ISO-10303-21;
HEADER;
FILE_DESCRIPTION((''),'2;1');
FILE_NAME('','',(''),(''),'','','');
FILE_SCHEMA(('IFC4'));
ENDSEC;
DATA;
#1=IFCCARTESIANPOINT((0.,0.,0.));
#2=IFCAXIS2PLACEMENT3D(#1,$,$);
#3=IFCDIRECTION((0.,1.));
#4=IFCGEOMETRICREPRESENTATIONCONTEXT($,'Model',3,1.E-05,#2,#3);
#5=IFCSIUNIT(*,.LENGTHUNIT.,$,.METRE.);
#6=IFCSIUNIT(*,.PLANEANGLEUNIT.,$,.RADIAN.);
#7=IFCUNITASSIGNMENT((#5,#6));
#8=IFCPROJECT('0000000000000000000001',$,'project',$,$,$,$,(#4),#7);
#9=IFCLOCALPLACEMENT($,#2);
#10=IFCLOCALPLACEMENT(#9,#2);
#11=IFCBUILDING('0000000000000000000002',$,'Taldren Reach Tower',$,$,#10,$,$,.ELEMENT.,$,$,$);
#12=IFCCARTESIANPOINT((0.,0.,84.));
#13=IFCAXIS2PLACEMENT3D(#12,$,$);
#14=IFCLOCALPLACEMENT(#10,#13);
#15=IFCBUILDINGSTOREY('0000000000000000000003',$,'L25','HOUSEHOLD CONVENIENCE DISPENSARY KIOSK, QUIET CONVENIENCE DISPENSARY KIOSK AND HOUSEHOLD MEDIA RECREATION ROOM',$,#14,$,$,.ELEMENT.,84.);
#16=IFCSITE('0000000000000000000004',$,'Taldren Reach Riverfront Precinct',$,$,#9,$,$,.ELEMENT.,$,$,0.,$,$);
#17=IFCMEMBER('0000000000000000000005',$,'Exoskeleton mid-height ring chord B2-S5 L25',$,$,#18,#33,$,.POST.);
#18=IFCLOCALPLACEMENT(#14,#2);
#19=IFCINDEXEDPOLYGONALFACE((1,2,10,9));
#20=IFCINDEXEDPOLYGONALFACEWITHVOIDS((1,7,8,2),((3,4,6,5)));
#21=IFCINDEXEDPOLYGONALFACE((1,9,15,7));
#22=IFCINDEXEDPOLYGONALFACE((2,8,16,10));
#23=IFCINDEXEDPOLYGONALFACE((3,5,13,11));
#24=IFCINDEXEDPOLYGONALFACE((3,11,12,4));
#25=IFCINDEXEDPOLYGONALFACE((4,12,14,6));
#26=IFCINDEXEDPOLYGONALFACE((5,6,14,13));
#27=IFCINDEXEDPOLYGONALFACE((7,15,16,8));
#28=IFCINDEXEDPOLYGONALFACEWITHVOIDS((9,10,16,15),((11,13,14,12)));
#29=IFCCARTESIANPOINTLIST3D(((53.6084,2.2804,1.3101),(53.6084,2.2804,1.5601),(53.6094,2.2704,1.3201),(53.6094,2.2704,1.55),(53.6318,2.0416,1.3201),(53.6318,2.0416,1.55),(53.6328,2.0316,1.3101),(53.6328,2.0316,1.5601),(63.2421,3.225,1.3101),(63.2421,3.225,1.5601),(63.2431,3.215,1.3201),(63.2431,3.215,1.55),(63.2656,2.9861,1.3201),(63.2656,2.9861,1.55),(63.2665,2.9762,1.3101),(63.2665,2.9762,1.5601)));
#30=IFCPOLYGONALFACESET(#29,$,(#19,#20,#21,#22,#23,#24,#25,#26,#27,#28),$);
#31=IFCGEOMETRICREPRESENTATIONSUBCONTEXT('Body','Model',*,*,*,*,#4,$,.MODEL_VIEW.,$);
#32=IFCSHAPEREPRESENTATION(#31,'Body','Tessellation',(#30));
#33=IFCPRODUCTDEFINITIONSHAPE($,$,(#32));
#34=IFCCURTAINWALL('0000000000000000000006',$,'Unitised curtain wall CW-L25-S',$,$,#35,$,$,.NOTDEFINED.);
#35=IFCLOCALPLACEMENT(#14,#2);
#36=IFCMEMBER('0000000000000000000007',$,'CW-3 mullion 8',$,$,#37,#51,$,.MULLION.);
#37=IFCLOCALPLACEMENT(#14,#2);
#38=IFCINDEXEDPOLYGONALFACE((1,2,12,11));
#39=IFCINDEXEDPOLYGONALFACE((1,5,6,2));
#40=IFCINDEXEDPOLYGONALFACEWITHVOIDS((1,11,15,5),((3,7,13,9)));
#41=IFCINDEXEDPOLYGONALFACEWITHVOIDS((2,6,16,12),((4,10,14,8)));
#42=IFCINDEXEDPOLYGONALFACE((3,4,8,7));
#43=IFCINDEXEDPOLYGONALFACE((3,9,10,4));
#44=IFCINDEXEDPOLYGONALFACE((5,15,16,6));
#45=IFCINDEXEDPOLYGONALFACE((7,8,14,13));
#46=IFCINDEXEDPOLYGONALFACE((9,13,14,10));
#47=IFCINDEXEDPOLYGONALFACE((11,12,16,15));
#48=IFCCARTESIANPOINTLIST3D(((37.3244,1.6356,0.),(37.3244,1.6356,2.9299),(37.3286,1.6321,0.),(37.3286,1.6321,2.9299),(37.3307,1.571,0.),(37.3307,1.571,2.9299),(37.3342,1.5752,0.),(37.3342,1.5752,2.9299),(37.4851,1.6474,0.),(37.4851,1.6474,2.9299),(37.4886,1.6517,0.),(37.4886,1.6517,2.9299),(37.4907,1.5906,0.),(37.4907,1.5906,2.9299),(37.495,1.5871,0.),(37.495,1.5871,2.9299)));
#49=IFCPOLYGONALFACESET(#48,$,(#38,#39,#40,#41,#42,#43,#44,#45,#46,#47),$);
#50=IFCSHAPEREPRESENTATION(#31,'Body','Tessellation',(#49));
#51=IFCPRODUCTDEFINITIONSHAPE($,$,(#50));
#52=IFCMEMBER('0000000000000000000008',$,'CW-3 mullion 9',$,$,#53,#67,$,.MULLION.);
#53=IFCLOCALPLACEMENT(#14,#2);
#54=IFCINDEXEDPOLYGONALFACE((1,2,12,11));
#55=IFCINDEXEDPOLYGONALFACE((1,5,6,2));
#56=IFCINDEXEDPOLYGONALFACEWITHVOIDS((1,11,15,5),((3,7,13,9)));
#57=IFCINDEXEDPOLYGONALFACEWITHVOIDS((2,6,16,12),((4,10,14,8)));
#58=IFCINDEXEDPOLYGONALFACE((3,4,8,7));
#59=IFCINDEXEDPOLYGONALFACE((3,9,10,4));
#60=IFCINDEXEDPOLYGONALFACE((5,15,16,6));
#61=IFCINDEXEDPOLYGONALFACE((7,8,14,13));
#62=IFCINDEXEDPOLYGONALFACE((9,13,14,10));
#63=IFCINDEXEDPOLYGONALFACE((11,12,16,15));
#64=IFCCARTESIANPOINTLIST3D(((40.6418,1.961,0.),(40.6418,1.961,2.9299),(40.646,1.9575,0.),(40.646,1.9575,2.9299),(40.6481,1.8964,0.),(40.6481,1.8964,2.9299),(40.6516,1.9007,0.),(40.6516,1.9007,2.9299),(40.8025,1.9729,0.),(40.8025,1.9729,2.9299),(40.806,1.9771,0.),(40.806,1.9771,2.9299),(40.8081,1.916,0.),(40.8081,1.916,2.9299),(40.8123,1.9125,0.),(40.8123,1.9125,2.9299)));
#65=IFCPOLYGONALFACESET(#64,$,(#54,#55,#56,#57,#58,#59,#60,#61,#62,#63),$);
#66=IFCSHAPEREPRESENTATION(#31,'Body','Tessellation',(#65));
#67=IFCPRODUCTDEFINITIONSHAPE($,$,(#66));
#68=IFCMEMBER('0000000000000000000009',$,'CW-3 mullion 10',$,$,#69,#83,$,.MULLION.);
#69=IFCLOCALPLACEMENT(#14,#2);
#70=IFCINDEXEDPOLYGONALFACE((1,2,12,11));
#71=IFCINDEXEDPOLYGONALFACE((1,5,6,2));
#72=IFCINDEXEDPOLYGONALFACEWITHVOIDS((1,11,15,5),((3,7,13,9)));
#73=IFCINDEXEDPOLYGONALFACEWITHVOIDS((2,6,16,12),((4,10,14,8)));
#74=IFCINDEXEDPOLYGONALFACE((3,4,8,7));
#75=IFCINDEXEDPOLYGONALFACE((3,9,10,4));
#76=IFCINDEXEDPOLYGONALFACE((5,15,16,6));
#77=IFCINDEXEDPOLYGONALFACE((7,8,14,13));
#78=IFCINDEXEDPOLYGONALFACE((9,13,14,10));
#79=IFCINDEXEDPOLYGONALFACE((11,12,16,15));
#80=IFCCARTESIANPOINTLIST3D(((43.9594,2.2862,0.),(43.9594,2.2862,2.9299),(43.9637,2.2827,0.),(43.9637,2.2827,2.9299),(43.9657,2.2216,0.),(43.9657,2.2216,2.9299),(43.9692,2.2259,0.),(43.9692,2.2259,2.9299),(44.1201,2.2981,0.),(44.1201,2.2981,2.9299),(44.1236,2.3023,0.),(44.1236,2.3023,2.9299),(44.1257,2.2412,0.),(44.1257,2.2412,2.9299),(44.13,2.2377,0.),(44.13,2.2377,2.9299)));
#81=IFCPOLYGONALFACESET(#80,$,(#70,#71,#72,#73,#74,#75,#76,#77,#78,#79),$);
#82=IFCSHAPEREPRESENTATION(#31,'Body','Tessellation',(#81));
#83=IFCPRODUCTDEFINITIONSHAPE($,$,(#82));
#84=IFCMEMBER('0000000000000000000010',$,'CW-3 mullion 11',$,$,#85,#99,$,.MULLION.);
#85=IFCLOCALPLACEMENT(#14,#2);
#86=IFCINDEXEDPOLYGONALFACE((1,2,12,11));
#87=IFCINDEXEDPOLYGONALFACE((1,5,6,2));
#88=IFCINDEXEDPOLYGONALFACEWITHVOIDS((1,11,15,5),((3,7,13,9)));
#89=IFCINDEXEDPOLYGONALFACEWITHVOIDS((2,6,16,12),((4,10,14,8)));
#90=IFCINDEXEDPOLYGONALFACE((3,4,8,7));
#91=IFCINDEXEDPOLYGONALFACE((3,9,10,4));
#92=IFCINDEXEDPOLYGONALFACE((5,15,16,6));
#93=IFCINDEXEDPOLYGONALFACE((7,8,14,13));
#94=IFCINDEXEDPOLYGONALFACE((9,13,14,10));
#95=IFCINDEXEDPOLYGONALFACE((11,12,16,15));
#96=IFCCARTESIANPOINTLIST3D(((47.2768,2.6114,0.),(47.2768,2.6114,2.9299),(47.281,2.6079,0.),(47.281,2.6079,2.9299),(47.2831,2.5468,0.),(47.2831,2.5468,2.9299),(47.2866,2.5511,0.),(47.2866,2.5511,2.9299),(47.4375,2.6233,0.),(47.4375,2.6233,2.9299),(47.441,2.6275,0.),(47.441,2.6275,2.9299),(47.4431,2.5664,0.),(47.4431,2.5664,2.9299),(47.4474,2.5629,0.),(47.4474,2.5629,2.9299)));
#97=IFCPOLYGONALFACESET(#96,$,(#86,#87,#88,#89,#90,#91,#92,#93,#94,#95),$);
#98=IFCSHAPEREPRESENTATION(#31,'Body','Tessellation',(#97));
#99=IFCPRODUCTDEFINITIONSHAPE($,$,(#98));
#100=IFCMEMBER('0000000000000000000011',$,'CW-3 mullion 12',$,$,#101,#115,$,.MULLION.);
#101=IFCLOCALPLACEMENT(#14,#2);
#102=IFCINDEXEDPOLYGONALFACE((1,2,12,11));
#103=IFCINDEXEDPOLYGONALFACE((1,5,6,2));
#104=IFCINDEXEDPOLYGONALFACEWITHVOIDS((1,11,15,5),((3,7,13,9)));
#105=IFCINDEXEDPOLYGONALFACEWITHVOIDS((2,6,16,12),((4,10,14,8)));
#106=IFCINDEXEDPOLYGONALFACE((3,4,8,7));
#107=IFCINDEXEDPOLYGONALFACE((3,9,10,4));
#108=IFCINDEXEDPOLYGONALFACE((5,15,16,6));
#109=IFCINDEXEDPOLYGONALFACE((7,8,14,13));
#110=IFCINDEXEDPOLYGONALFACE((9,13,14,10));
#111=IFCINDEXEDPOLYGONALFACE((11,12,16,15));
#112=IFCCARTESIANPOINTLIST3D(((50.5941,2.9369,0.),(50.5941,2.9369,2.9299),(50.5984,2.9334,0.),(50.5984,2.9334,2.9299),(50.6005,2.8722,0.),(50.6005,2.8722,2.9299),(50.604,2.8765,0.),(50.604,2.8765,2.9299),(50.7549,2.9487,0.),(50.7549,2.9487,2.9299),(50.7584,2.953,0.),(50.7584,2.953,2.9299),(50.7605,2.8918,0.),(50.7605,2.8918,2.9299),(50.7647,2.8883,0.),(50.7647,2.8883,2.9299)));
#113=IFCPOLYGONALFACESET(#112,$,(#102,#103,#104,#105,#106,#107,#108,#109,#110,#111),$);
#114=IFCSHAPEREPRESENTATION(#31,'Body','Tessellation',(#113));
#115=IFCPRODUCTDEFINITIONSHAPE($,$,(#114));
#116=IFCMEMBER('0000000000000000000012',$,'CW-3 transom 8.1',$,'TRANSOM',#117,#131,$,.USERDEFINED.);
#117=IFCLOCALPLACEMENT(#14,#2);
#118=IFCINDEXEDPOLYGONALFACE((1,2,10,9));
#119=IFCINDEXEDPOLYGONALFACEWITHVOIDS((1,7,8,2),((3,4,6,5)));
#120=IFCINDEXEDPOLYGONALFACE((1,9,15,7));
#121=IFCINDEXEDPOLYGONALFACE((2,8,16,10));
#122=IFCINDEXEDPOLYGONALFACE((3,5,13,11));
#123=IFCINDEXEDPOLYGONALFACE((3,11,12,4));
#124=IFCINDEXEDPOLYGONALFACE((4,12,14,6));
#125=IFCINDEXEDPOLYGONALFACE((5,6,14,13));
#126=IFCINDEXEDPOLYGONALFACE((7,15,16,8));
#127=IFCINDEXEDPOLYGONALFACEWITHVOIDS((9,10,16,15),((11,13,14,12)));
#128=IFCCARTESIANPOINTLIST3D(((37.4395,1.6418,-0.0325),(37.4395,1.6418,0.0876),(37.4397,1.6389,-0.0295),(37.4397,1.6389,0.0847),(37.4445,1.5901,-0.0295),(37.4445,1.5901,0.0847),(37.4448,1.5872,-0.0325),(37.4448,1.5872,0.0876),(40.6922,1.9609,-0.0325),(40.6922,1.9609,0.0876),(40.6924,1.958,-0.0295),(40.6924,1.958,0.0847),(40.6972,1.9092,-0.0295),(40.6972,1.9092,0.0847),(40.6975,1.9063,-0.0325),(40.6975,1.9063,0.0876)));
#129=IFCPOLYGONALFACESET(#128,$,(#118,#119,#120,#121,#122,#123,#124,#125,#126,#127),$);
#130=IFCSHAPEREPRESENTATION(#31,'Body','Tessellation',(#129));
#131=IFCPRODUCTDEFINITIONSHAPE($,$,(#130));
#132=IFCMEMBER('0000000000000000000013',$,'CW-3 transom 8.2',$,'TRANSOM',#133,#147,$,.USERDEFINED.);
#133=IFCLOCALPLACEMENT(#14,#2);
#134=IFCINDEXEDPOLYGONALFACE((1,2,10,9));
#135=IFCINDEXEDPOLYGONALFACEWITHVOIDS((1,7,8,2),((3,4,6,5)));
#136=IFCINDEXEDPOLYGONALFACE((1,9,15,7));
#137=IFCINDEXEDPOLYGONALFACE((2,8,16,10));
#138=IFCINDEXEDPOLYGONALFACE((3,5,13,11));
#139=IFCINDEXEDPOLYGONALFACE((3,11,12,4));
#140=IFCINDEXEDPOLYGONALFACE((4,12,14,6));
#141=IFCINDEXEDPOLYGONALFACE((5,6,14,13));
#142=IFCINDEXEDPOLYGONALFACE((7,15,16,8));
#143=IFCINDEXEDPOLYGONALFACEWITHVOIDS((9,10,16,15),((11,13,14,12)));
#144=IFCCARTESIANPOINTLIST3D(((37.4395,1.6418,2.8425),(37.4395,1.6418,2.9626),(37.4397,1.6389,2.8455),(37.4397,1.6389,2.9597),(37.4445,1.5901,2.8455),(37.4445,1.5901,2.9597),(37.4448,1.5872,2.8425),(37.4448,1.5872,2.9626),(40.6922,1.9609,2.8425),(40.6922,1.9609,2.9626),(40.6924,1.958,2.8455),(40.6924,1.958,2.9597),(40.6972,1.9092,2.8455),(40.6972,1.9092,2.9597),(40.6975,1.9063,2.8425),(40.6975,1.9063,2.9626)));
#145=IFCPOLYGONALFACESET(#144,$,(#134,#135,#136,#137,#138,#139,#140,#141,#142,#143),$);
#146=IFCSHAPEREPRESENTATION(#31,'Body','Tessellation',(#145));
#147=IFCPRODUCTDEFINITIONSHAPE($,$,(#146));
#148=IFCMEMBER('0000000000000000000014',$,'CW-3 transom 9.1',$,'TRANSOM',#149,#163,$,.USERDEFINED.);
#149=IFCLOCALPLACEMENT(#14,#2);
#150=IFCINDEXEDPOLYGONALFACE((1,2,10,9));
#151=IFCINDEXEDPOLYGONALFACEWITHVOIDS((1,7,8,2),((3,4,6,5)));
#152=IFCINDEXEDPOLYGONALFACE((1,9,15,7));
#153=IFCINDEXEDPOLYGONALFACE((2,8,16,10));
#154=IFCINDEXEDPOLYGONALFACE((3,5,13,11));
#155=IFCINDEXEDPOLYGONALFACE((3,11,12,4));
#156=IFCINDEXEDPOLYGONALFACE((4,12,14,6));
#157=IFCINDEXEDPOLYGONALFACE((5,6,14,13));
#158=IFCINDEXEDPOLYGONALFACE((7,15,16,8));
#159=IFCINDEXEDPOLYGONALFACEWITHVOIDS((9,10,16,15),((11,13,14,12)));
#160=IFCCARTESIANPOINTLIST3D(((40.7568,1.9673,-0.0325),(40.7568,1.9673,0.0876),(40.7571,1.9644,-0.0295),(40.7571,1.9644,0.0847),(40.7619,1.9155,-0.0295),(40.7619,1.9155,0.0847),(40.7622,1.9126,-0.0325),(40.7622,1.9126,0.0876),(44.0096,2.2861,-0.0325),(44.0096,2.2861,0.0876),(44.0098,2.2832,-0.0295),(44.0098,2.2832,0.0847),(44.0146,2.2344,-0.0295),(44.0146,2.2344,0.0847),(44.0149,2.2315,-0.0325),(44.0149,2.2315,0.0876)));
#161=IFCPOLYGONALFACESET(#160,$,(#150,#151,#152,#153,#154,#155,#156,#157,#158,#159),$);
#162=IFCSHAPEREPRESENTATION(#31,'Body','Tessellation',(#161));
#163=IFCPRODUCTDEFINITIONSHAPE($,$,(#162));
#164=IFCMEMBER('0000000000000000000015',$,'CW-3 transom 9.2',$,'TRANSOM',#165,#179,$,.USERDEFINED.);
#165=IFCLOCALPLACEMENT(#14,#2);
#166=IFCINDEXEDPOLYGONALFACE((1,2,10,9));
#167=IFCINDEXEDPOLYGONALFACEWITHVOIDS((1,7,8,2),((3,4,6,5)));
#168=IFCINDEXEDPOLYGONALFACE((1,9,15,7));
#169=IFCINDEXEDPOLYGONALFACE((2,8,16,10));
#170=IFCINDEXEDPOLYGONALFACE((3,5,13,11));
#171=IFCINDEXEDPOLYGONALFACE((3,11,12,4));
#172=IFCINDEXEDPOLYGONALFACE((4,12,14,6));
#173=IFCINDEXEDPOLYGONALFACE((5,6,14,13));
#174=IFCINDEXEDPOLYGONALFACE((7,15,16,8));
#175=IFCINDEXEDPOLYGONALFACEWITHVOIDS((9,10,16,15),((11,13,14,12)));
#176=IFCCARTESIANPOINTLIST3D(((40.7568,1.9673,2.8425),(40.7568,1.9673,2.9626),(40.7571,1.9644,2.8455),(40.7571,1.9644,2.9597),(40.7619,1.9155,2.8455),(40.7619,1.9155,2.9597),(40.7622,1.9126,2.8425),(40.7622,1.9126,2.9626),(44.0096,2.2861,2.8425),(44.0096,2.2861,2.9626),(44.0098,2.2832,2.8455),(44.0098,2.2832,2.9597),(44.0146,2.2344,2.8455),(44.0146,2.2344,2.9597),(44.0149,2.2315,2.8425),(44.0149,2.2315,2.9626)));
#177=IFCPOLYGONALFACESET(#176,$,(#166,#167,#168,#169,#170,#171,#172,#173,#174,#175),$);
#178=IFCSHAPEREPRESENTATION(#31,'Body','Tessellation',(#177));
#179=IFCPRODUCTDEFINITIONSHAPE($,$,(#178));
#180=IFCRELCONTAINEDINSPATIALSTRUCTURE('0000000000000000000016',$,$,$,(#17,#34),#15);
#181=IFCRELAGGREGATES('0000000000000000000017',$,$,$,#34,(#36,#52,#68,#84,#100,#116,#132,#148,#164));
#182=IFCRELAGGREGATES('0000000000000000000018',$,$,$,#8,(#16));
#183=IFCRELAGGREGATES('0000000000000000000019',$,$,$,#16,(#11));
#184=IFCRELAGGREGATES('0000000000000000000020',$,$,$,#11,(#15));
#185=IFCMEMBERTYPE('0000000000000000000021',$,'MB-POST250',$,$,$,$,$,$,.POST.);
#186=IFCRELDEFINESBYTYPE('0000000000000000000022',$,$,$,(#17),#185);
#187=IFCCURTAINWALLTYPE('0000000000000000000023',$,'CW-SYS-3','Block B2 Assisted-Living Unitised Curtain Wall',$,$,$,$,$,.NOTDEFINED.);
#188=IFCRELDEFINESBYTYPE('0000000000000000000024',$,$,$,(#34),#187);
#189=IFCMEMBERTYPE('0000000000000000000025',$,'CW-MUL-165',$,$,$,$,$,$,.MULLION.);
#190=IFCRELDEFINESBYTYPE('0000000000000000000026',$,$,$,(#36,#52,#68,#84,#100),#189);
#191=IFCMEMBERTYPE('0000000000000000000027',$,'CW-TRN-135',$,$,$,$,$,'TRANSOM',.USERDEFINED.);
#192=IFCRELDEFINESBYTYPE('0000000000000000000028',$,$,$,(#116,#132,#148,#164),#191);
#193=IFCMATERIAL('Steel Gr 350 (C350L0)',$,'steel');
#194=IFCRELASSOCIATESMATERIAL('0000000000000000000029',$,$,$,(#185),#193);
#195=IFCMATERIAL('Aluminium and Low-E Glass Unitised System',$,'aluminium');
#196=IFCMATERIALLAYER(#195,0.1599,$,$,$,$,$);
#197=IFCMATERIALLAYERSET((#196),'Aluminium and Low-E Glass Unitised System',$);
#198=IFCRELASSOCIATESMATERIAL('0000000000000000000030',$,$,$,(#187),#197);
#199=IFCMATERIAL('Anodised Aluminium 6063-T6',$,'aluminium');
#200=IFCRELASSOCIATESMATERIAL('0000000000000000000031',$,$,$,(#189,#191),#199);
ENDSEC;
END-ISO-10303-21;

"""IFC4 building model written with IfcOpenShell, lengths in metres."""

from ifc_helpers import new_model, si_unit, direction, frame, origin, origin_2d, place, context, subcontext, project, spatial, hollow_rectangle, extrude, source, transform, mapped, material, layer, layer_set, material_profile, profile_set, type_object, element, aggregate, save


model = new_model("IFC4")

# Units and contexts
model_context = context("Model", 3, precision=1e-05, world=origin(), true_north=direction((0.0, 1.0)))
body_context = subcontext(model_context, "Body", "Model", "MODEL_VIEW")
ifc_project = project(units=[si_unit("LENGTHUNIT", "METRE"), si_unit("PLANEANGLEUNIT", "RADIAN")], contexts=[model_context])

# Site, building, storey
site_placement = place(None, origin())
site = spatial("IfcSite", under=ifc_project, at=site_placement, Name="Taldren Reach Riverfront Precinct", CompositionType="ELEMENT", RefElevation=0.0)
building_placement = place(site_placement, origin())
building = spatial("IfcBuilding", under=site, at=building_placement, Name="Taldren Reach Tower", CompositionType="ELEMENT")
storey_placement = place(building_placement, frame((0.0, 0.0, 84.0)))
storey = spatial("IfcBuildingStorey", under=building, at=storey_placement, Name="L25", Description="HOUSEHOLD CONVENIENCE DISPENSARY KIOSK, QUIET CONVENIENCE DISPENSARY KIOSK AND HOUSEHOLD MEDIA RECREATION ROOM", CompositionType="ELEMENT", Elevation=84.0)

# Shared definitions
ifc_material_1 = material(Name="Steel Gr 350 (C350L0)", Category="steel")
ifc_material_profile_1 = material_profile(ifc_material_1, hollow_rectangle(XDim=0.25, YDim=0.25, WallThickness=0.01, at=origin_2d()), Name="250x250x10.0SHS")
ifc_profile_set_1 = profile_set([ifc_material_profile_1], Name="Steel Gr 350 (C350L0)")
member_type_1 = type_object("IfcMemberType", Name="MB-POST250", PredefinedType="POST", material=ifc_profile_set_1)

# Member
shared_shape_1 = source(origin(), body_context, "Body", "SweptSolid", [
    extrude(hollow_rectangle(XDim=0.25, YDim=0.25, WallThickness=0.01, at=origin_2d()), origin(), (0.0, 0.0, 1.0), 9.6799),
])
for number, where, z_axis, x_axis, name in (
    (1, (53.6206, 2.156, 1.4351), (0.995228, 0.097581, 0.0), (-0.097581, 0.995228, 0.0), "Exoskeleton mid-height ring chord B2-S5 L25"),
):
    element("IfcMember", number, at=place(storey_placement, frame(where, z_axis=z_axis, x_axis=x_axis)), inside=storey, type_object=member_type_1, Name=name, PredefinedType="POST", context=body_context, shape_type="MappedRepresentation", body=[
        mapped(shared_shape_1, transform((0.0, 0.0, 0.0), scale=1.0)),
    ])

# Curtain wall, members
ifc_material_2 = material(Name="Aluminium and Low-E Glass Unitised System", Category="aluminium")
ifc_layer_1 = layer(ifc_material_2, 0.1599)
ifc_layer_set_1 = layer_set([ifc_layer_1], Name="Aluminium and Low-E Glass Unitised System")
curtain_wall_type = type_object("IfcCurtainWallType", Name="CW-SYS-3", Description="Block B2 Assisted-Living Unitised Curtain Wall", PredefinedType="NOTDEFINED", material=ifc_layer_set_1)
curtain_wall_placement = place(storey_placement, origin())
curtain_wall = element("IfcCurtainWall", 2, at=curtain_wall_placement, inside=storey, type_object=curtain_wall_type, Name="Unitised curtain wall CW-L25-S", PredefinedType="NOTDEFINED")
ifc_material_3 = material(Name="Anodised Aluminium 6063-T6", Category="aluminium")
ifc_material_profile_2 = material_profile(ifc_material_3, hollow_rectangle(XDim=0.0649, YDim=0.165, WallThickness=0.0039, at=origin_2d()), Name="ALU-165x65x4RHS")
ifc_profile_set_2 = profile_set([ifc_material_profile_2], Name="Anodised Aluminium 6063-T6")
member_type_2 = type_object("IfcMemberType", Name="CW-MUL-165", PredefinedType="MULLION", material=ifc_profile_set_2)
shared_shape_2 = source(origin(), body_context, "Body", "SweptSolid", [
    extrude(hollow_rectangle(XDim=0.0649, YDim=0.165, WallThickness=0.0039, at=origin_2d()), origin(), (0.0, 0.0, 1.0), 2.9299),
])
member_1_placement = place(storey_placement, frame((37.4097, 1.6113, 0.0), z_axis=(0.0, 0.0, 1.0), x_axis=(-0.097583, 0.995227, 0.0)))
member_1 = element("IfcMember", 3, at=member_1_placement, type_object=member_type_2, Name="CW-3 mullion 8", PredefinedType="MULLION", context=body_context, shape_type="MappedRepresentation", body=[
    mapped(shared_shape_2, transform((0.0, 0.0, 0.0), scale=1.0)),
])
member_2_placement = place(storey_placement, frame((40.7271, 1.9368, 0.0), z_axis=(0.0, 0.0, 1.0), x_axis=(-0.097583, 0.995227, 0.0)))
member_2 = element("IfcMember", 4, at=member_2_placement, type_object=member_type_2, Name="CW-3 mullion 9", PredefinedType="MULLION", context=body_context, shape_type="MappedRepresentation", body=[
    mapped(shared_shape_2, transform((0.0, 0.0, 0.0), scale=1.0)),
])
member_3_placement = place(storey_placement, frame((44.0447, 2.262, 0.0), z_axis=(0.0, 0.0, 1.0), x_axis=(-0.097583, 0.995227, 0.0)))
member_3 = element("IfcMember", 5, at=member_3_placement, type_object=member_type_2, Name="CW-3 mullion 10", PredefinedType="MULLION", context=body_context, shape_type="MappedRepresentation", body=[
    mapped(shared_shape_2, transform((0.0, 0.0, 0.0), scale=1.0)),
])
member_4_placement = place(storey_placement, frame((47.3621, 2.5872, 0.0), z_axis=(0.0, 0.0, 1.0), x_axis=(-0.097583, 0.995227, 0.0)))
member_4 = element("IfcMember", 6, at=member_4_placement, type_object=member_type_2, Name="CW-3 mullion 11", PredefinedType="MULLION", context=body_context, shape_type="MappedRepresentation", body=[
    mapped(shared_shape_2, transform((0.0, 0.0, 0.0), scale=1.0)),
])
member_5_placement = place(storey_placement, frame((50.6794, 2.9126, 0.0), z_axis=(0.0, 0.0, 1.0), x_axis=(-0.097583, 0.995227, 0.0)))
member_5 = element("IfcMember", 7, at=member_5_placement, type_object=member_type_2, Name="CW-3 mullion 12", PredefinedType="MULLION", context=body_context, shape_type="MappedRepresentation", body=[
    mapped(shared_shape_2, transform((0.0, 0.0, 0.0), scale=1.0)),
])
ifc_material_profile_3 = material_profile(ifc_material_3, hollow_rectangle(XDim=0.0549, YDim=0.1201, WallThickness=0.0029, at=origin_2d()), Name="ALU-120x55x3RHS")
ifc_profile_set_3 = profile_set([ifc_material_profile_3], Name="Anodised Aluminium 6063-T6")
member_type_3 = type_object("IfcMemberType", Name="CW-TRN-135", ElementType="TRANSOM", PredefinedType="USERDEFINED", material=ifc_profile_set_3)
shared_shape_3 = source(origin(), body_context, "Body", "SweptSolid", [
    extrude(hollow_rectangle(XDim=0.0549, YDim=0.1201, WallThickness=0.0029, at=origin_2d()), origin(), (0.0, 0.0, 1.0), 3.2683),
])
member_6_placement = place(storey_placement, frame((37.4421, 1.6145, 0.0276), z_axis=(0.995223, 0.097632, 0.0), x_axis=(-0.097632, 0.995223, 0.0)))
member_6 = element("IfcMember", 8, at=member_6_placement, type_object=member_type_3, Name="CW-3 transom 8.1", ObjectType="TRANSOM", PredefinedType="USERDEFINED", context=body_context, shape_type="MappedRepresentation", body=[
    mapped(shared_shape_3, transform((0.0, 0.0, 0.0), scale=1.0)),
])
member_7_placement = place(storey_placement, frame((37.4421, 1.6145, 2.9026), z_axis=(0.995223, 0.097632, 0.0), x_axis=(-0.097632, 0.995223, 0.0)))
member_7 = element("IfcMember", 9, at=member_7_placement, type_object=member_type_3, Name="CW-3 transom 8.2", ObjectType="TRANSOM", PredefinedType="USERDEFINED", context=body_context, shape_type="MappedRepresentation", body=[
    mapped(shared_shape_3, transform((0.0, 0.0, 0.0), scale=1.0)),
])
member_8_placement = place(storey_placement, frame((40.7595, 1.9399, 0.0276), z_axis=(0.99523, 0.097558, 0.0), x_axis=(-0.097558, 0.99523, 0.0)))
member_8 = element("IfcMember", 10, at=member_8_placement, type_object=member_type_3, Name="CW-3 transom 9.1", ObjectType="TRANSOM", PredefinedType="USERDEFINED", context=body_context, shape_type="MappedRepresentation", body=[
    mapped(shared_shape_3, transform((0.0, 0.0, 0.0), scale=1.0)),
])
member_9_placement = place(storey_placement, frame((40.7595, 1.9399, 2.9026), z_axis=(0.99523, 0.097558, 0.0), x_axis=(-0.097558, 0.99523, 0.0)))
member_9 = element("IfcMember", 11, at=member_9_placement, type_object=member_type_3, Name="CW-3 transom 9.2", ObjectType="TRANSOM", PredefinedType="USERDEFINED", context=body_context, shape_type="MappedRepresentation", body=[
    mapped(shared_shape_3, transform((0.0, 0.0, 0.0), scale=1.0)),
])

aggregate(curtain_wall, [member_1, member_2, member_3, member_4, member_5, member_6, member_7, member_8, member_9])

save(model, "model.ifc")
